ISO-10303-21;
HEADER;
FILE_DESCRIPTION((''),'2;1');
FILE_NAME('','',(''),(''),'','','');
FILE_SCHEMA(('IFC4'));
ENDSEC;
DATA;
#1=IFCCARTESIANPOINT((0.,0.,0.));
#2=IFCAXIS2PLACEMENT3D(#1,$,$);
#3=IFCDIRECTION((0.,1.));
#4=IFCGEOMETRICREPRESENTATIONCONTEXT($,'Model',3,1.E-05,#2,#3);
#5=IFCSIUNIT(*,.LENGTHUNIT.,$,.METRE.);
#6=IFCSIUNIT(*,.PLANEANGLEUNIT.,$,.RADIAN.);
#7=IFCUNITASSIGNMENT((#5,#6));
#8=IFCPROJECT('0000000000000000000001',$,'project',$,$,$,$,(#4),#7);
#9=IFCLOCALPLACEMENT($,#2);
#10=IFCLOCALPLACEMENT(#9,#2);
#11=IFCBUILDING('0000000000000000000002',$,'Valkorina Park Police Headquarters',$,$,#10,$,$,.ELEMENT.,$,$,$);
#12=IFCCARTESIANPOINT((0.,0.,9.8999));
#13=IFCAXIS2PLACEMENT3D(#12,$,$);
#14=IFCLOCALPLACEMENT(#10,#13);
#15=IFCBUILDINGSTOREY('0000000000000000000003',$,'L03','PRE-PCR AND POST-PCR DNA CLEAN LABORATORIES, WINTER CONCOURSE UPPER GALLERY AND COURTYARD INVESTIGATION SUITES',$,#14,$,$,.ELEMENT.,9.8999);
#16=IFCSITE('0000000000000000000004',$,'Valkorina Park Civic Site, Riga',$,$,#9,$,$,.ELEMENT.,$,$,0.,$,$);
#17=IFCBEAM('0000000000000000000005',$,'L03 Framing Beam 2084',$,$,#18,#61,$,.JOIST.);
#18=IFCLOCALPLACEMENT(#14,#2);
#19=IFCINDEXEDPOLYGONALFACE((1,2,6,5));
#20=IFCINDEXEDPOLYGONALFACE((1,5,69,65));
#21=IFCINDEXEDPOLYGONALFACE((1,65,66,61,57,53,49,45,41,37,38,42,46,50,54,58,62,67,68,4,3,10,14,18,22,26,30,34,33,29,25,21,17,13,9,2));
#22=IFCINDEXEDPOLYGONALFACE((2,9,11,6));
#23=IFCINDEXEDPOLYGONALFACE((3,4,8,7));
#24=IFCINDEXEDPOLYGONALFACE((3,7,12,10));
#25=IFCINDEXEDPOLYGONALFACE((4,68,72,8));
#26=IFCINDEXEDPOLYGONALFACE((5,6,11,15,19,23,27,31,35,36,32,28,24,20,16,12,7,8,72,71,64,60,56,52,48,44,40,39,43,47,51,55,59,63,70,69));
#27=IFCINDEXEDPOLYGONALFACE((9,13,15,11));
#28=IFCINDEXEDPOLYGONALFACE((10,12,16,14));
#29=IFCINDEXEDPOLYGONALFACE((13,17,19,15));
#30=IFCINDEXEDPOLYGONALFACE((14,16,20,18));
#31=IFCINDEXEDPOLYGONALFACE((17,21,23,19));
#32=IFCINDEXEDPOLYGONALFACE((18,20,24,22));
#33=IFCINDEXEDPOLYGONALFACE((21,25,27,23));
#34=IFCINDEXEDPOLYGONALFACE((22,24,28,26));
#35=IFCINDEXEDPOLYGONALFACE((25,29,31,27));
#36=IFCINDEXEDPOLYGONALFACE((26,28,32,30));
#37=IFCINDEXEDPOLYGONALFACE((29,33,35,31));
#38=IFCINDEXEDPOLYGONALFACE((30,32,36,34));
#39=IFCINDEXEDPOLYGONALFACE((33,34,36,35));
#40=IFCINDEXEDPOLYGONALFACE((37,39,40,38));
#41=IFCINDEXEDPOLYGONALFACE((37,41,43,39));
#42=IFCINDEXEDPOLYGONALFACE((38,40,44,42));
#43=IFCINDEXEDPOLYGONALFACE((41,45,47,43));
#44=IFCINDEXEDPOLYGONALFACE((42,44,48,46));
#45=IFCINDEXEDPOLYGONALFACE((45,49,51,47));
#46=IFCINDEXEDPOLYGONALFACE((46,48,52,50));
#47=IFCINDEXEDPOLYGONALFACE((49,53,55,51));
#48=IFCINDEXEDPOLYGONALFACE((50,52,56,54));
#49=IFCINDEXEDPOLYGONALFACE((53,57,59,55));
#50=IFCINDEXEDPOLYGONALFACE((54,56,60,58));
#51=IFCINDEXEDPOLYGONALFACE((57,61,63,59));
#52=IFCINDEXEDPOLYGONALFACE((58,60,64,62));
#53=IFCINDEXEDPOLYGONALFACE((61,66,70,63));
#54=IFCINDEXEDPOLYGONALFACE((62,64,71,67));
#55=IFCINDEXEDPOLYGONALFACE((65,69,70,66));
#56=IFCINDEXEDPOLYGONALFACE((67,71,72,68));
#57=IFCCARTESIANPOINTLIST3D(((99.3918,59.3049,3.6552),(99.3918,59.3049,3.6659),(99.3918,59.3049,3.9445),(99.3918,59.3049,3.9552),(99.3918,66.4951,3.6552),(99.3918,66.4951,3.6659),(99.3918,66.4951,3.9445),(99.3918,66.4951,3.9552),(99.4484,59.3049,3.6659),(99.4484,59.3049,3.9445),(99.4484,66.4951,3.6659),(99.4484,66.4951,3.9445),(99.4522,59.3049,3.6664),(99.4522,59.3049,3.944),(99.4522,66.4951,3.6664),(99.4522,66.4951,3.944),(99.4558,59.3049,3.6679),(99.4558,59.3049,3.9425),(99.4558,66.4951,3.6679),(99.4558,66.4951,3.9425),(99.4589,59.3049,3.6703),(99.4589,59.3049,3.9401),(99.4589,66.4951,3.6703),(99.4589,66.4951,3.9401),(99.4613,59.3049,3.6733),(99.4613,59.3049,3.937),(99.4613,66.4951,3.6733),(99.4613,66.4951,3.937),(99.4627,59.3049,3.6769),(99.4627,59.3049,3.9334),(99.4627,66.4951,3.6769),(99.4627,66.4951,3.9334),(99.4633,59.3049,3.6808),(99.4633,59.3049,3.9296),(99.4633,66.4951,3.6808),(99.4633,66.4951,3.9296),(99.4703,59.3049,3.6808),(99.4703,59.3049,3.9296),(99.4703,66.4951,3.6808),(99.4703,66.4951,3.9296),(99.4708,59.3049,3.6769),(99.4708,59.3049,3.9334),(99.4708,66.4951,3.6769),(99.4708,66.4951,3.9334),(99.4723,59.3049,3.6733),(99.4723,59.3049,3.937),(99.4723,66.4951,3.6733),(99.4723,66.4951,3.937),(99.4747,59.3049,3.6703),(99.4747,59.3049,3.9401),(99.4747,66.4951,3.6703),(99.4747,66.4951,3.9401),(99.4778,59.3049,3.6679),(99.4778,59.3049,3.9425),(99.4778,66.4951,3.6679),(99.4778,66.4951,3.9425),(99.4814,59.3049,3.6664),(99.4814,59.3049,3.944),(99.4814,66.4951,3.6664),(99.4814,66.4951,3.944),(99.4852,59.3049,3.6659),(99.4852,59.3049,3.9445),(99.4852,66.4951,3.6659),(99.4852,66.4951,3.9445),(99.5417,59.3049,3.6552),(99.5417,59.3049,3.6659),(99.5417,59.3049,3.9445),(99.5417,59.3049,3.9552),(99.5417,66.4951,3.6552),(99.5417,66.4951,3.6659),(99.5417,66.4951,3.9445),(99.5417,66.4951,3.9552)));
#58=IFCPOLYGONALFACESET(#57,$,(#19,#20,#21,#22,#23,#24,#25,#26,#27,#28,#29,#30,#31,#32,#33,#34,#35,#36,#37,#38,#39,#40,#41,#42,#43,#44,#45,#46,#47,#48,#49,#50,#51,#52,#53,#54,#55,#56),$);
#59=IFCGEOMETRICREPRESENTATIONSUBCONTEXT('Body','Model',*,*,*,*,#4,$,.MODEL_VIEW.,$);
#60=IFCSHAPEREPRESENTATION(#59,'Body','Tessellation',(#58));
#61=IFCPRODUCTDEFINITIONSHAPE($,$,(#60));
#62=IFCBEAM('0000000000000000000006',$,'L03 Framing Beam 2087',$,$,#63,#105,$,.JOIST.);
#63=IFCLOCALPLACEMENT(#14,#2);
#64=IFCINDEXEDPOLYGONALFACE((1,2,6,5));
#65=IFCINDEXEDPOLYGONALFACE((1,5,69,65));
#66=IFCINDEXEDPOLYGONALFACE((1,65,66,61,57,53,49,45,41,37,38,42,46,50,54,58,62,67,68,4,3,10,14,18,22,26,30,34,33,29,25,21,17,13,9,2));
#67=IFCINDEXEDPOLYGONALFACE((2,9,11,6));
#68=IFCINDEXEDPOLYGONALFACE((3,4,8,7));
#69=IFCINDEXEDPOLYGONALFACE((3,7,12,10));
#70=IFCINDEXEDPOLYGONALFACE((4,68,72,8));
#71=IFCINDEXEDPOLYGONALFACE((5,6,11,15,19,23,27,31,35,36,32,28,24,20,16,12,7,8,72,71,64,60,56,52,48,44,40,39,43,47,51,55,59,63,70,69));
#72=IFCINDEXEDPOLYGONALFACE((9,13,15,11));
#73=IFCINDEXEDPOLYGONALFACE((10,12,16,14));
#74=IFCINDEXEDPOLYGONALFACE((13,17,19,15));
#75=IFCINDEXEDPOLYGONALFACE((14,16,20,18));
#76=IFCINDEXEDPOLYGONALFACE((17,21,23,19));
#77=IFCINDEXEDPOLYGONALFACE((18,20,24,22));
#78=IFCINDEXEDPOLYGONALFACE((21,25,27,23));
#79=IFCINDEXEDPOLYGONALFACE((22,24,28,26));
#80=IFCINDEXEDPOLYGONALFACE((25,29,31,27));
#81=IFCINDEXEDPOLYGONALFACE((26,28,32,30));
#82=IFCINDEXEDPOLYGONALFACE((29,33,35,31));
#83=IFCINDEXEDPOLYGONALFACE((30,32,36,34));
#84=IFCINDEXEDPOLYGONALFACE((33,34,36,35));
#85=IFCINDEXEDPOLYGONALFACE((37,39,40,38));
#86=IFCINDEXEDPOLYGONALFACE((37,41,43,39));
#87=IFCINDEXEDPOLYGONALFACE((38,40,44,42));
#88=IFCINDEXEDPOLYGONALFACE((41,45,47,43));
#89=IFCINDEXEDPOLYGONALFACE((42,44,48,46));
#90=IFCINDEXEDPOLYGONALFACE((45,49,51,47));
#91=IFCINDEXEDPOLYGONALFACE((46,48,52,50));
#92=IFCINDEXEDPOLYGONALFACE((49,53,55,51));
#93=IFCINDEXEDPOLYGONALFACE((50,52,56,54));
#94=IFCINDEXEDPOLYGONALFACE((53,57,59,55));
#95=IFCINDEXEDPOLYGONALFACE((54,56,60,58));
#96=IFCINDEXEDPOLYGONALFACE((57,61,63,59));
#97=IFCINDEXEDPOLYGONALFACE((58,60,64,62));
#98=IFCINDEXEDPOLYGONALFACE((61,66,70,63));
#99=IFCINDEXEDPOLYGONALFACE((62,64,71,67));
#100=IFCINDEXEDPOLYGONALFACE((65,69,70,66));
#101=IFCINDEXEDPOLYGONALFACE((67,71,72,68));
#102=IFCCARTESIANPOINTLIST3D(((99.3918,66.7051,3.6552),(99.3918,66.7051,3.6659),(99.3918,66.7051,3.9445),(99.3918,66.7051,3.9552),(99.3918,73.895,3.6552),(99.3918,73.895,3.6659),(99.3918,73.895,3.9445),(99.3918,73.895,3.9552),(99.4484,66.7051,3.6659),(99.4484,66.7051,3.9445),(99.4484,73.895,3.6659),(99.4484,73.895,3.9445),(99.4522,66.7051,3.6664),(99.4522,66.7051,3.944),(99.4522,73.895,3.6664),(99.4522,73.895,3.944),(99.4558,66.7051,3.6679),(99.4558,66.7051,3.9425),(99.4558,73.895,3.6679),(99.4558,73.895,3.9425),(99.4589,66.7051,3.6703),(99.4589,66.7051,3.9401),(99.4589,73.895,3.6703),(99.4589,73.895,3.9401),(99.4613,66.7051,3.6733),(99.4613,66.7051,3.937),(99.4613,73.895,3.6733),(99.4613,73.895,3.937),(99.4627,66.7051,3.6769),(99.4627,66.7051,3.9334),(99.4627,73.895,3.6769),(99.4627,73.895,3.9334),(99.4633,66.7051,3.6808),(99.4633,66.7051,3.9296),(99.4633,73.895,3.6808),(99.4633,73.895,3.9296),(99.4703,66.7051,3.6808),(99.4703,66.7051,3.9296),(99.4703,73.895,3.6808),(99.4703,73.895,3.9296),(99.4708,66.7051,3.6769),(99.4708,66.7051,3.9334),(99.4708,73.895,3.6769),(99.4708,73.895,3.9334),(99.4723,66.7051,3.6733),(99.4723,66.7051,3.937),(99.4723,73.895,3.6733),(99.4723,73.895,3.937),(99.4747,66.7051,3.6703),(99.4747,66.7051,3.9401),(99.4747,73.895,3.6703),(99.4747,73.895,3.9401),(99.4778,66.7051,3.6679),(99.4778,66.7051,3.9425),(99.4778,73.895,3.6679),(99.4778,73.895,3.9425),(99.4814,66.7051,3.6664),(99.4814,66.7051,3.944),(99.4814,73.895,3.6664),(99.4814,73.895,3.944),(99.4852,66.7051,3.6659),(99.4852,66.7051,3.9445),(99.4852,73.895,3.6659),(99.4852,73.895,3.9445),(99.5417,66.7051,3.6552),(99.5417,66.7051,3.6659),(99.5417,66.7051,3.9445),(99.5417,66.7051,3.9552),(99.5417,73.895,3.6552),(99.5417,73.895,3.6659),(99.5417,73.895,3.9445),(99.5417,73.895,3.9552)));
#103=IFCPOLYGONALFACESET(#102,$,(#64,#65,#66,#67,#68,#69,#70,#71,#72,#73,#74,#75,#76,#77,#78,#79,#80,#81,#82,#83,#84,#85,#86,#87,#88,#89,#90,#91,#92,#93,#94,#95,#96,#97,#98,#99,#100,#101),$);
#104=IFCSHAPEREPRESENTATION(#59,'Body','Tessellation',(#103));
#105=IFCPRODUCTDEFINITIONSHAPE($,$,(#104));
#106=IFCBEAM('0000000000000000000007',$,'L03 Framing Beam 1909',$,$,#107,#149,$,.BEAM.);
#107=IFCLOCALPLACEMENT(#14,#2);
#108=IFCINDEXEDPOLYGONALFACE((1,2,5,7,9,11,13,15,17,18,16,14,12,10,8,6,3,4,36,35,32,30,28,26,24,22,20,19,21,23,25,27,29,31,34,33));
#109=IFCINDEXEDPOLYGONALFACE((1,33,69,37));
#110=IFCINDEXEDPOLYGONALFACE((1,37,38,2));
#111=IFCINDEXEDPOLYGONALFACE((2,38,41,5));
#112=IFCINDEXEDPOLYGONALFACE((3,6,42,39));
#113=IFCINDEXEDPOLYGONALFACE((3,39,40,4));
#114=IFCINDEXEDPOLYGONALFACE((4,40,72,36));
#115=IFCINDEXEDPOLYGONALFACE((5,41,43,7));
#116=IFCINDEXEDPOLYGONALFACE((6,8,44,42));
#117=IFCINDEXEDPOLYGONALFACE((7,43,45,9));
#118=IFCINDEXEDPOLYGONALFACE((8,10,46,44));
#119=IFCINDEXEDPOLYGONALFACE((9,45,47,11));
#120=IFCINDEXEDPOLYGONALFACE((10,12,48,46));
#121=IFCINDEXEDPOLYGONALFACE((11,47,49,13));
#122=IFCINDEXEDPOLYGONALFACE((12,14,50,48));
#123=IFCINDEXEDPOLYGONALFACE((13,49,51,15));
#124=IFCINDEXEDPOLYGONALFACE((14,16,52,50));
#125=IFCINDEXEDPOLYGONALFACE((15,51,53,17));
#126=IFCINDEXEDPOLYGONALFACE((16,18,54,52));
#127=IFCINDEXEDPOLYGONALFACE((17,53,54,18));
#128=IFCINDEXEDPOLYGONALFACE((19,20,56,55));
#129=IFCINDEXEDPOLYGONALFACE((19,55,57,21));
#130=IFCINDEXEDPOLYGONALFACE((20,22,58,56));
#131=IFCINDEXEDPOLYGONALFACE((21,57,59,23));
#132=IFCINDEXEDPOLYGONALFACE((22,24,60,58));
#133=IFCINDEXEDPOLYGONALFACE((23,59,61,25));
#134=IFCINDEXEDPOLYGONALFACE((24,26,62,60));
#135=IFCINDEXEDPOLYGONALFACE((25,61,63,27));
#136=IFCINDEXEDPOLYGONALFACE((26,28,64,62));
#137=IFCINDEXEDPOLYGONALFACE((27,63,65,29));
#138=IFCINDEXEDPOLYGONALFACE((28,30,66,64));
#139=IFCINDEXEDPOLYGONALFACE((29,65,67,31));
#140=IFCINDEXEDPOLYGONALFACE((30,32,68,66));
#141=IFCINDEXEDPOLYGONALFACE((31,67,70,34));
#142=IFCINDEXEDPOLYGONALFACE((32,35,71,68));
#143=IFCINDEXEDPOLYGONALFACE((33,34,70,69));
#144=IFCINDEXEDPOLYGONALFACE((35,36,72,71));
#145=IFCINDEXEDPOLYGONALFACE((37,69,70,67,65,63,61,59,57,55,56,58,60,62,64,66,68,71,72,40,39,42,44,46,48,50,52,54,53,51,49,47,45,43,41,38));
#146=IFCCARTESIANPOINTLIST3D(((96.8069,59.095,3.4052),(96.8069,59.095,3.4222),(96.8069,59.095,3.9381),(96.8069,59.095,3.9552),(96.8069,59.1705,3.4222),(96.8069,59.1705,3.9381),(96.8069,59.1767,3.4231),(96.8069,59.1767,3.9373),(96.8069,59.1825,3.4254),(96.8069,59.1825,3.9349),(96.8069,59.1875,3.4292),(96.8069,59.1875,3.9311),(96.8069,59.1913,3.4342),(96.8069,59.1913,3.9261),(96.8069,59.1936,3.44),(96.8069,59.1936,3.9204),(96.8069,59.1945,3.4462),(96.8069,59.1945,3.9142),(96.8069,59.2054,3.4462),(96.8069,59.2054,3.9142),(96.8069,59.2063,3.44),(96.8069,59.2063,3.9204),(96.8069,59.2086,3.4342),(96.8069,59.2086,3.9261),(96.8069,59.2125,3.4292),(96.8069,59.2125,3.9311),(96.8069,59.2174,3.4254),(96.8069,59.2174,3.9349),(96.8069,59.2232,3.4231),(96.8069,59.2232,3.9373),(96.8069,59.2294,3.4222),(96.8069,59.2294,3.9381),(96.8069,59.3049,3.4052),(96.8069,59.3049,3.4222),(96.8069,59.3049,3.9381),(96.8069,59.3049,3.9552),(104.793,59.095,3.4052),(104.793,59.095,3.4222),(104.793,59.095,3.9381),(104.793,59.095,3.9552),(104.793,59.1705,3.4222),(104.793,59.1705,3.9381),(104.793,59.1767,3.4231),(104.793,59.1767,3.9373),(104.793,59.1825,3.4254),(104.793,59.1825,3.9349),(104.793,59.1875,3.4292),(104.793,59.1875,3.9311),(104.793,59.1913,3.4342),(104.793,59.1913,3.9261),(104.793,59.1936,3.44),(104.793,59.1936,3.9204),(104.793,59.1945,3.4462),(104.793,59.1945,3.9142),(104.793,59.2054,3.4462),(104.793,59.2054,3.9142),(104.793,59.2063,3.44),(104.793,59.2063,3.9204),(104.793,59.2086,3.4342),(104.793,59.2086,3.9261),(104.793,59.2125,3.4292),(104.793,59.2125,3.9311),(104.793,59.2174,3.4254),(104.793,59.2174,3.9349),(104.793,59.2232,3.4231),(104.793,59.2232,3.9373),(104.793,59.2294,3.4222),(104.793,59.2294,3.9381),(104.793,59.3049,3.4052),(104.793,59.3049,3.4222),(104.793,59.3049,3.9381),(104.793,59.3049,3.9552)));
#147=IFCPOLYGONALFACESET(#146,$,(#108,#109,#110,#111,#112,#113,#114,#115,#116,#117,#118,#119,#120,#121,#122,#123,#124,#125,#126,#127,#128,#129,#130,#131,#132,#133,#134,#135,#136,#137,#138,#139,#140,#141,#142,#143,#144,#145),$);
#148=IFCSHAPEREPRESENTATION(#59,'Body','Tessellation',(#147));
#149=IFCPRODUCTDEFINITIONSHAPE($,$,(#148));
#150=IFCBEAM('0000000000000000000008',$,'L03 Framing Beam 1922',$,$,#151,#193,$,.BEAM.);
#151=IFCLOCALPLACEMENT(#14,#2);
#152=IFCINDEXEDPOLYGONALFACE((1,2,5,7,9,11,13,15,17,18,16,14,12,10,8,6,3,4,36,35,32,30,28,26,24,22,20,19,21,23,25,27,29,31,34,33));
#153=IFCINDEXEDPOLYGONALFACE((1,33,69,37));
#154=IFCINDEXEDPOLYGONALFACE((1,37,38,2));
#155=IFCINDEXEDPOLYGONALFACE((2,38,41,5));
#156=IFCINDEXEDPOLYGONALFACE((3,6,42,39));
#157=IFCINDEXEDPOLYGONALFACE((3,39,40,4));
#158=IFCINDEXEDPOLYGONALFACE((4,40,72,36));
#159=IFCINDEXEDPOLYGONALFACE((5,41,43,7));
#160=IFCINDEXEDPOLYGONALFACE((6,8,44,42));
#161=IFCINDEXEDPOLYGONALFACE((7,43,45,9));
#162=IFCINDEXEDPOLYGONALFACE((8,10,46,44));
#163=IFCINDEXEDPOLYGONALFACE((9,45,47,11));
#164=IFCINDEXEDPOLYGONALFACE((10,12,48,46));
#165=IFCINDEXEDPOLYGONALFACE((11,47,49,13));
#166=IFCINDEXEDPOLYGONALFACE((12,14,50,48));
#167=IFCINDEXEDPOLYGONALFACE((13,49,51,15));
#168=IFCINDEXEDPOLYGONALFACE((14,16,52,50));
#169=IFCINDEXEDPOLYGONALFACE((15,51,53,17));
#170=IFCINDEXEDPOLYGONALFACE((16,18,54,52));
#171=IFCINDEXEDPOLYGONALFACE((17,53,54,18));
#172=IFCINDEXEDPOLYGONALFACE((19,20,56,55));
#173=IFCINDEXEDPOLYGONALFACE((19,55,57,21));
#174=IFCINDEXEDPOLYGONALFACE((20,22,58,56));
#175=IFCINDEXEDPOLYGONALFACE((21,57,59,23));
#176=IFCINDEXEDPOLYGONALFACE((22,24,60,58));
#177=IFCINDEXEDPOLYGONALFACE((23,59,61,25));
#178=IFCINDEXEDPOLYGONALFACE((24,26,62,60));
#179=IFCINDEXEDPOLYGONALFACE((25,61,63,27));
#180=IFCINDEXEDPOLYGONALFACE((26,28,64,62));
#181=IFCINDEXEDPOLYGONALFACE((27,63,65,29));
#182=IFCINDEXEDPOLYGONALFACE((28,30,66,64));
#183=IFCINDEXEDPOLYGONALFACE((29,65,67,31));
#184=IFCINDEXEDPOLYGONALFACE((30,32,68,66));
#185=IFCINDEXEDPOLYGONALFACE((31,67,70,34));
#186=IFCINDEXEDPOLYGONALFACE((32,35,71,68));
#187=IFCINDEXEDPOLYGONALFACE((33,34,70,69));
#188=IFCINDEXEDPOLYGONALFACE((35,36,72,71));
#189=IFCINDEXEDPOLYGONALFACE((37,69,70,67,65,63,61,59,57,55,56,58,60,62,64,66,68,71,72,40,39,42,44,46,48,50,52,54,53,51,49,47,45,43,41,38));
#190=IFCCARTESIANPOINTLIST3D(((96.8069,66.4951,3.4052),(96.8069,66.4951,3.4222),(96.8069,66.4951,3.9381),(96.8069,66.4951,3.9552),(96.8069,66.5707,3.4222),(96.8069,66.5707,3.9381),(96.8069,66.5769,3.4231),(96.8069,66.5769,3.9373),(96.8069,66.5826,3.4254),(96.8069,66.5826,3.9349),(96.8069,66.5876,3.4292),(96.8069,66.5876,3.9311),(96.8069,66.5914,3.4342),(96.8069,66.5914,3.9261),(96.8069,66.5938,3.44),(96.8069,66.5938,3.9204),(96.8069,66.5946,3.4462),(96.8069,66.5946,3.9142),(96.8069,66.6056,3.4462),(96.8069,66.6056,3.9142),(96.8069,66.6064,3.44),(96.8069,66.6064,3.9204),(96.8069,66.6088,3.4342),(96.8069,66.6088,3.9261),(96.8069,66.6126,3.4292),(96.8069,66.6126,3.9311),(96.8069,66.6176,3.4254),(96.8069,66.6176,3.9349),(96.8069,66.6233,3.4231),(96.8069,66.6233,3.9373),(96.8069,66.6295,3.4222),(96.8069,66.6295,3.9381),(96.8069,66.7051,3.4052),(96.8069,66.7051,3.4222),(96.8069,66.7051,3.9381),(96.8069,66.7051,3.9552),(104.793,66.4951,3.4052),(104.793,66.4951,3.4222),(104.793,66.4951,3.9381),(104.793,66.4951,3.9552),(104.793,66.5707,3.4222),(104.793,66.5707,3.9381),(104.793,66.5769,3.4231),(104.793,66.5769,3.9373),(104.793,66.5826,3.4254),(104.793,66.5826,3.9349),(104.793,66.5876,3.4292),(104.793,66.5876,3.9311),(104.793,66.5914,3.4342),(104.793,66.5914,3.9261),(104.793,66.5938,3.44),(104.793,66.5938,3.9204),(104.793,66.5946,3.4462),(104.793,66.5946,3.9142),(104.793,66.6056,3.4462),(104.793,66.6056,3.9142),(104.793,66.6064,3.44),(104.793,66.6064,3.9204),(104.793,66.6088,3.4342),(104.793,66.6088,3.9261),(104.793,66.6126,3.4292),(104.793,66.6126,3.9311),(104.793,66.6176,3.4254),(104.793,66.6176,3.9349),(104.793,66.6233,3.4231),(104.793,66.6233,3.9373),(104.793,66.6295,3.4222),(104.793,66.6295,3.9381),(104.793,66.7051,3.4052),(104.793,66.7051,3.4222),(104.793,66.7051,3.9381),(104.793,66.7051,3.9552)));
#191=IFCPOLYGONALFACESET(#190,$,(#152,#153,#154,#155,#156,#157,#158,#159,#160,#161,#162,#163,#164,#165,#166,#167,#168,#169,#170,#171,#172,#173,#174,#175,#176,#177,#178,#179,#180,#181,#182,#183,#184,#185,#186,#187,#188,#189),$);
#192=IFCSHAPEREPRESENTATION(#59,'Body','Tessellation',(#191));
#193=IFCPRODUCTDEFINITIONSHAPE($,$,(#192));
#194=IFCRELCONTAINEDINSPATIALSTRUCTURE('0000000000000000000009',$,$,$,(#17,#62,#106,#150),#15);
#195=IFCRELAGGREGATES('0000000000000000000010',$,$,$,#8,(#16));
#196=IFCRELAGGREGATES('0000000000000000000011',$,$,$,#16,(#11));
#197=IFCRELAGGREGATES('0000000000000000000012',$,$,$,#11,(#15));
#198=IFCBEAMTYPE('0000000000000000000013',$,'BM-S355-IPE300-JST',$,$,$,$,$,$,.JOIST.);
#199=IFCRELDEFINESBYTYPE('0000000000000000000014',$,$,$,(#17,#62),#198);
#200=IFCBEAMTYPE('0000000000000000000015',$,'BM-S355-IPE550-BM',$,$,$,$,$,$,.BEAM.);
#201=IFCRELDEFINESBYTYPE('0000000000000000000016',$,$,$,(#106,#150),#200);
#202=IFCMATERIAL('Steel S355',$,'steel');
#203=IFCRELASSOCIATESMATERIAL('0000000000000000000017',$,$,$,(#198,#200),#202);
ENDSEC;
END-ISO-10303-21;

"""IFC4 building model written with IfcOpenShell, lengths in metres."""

from ifc_helpers import new_model, si_unit, direction, frame, origin, origin_2d, place, context, subcontext, project, spatial, i_section, extrude, material, material_profile, profile_set, type_object, element, save


model = new_model("IFC4")

# Units and contexts
model_context = context("Model", 3, precision=1e-05, world=origin(), true_north=direction((0.0, 1.0)))
body_context = subcontext(model_context, "Body", "Model", "MODEL_VIEW")
ifc_project = project(units=[si_unit("LENGTHUNIT", "METRE"), si_unit("PLANEANGLEUNIT", "RADIAN")], contexts=[model_context])

# Site, building, storey
site_placement = place(None, origin())
site = spatial("IfcSite", under=ifc_project, at=site_placement, Name="Valkorina Park Civic Site, Riga", CompositionType="ELEMENT", RefElevation=0.0)
building_placement = place(site_placement, origin())
building = spatial("IfcBuilding", under=site, at=building_placement, Name="Valkorina Park Police Headquarters", CompositionType="ELEMENT")
storey_placement = place(building_placement, frame((0.0, 0.0, 9.8999)))
storey = spatial("IfcBuildingStorey", under=building, at=storey_placement, Name="L03", Description="PRE-PCR AND POST-PCR DNA CLEAN LABORATORIES, WINTER CONCOURSE UPPER GALLERY AND COURTYARD INVESTIGATION SUITES", CompositionType="ELEMENT", Elevation=9.8999)

# Shared definitions
ifc_material_1 = material(Name="Steel S355", Category="steel")

# Beams
ifc_material_profile_1 = material_profile(ifc_material_1, i_section(OverallWidth=0.1499, OverallDepth=0.3, WebThickness=0.0071, FlangeThickness=0.0107, FilletRadius=0.0149, at=origin_2d()), Name="IPE 300")
ifc_profile_set_1 = profile_set([ifc_material_profile_1], Name="Steel S355")
beam_type_1 = type_object("IfcBeamType", Name="BM-S355-IPE300-JST", PredefinedType="JOIST", material=ifc_profile_set_1)
beam_1_placement = place(storey_placement, frame((99.4668, 59.3049, 3.8052), z_axis=(0.0, 1.0, 0.0), x_axis=(-1.0, 0.0, 0.0)))
element("IfcBeam", 1, at=beam_1_placement, inside=storey, type_object=beam_type_1, Name="L03 Framing Beam 2084", PredefinedType="JOIST", context=body_context, shape_type="SweptSolid", body=[
    extrude(i_section(OverallWidth=0.1499, OverallDepth=0.3, WebThickness=0.0071, FlangeThickness=0.0107, FilletRadius=0.0149, at=origin_2d()), origin(), (0.0, 0.0, 1.0), 7.1902),
])
beam_2_placement = place(storey_placement, frame((99.4668, 66.7051, 3.8052), z_axis=(0.0, 1.0, 0.0), x_axis=(-1.0, 0.0, 0.0)))
element("IfcBeam", 2, at=beam_2_placement, inside=storey, type_object=beam_type_1, Name="L03 Framing Beam 2087", PredefinedType="JOIST", context=body_context, shape_type="SweptSolid", body=[
    extrude(i_section(OverallWidth=0.1499, OverallDepth=0.3, WebThickness=0.0071, FlangeThickness=0.0107, FilletRadius=0.0149, at=origin_2d()), origin(), (0.0, 0.0, 1.0), 7.1899),
])
ifc_material_profile_2 = material_profile(ifc_material_1, i_section(OverallWidth=0.21, OverallDepth=0.55, WebThickness=0.011, FlangeThickness=0.0171, FilletRadius=0.0239, at=origin_2d()), Name="IPE 550")
ifc_profile_set_2 = profile_set([ifc_material_profile_2], Name="Steel S355")
beam_type_2 = type_object("IfcBeamType", Name="BM-S355-IPE550-BM", PredefinedType="BEAM", material=ifc_profile_set_2)
for number, where, z_axis, x_axis, name in (
    (3, (96.8069, 59.2, 3.6802), (1.0, 0.0, 0.0), (0.0, 1.0, 0.0), "L03 Framing Beam 1909"),
    (4, (96.8069, 66.6001, 3.6802), (1.0, 0.0, 0.0), (0.0, 1.0, 0.0), "L03 Framing Beam 1922"),
):
    element("IfcBeam", number, at=place(storey_placement, frame(where, z_axis=z_axis, x_axis=x_axis)), inside=storey, type_object=beam_type_2, Name=name, PredefinedType="BEAM", context=body_context, shape_type="SweptSolid", body=[
        extrude(i_section(OverallWidth=0.21, OverallDepth=0.55, WebThickness=0.011, FlangeThickness=0.0171, FilletRadius=0.0239, at=origin_2d()), origin(), (0.0, 0.0, 1.0), 7.9861),
    ])

save(model, "model.ifc")
